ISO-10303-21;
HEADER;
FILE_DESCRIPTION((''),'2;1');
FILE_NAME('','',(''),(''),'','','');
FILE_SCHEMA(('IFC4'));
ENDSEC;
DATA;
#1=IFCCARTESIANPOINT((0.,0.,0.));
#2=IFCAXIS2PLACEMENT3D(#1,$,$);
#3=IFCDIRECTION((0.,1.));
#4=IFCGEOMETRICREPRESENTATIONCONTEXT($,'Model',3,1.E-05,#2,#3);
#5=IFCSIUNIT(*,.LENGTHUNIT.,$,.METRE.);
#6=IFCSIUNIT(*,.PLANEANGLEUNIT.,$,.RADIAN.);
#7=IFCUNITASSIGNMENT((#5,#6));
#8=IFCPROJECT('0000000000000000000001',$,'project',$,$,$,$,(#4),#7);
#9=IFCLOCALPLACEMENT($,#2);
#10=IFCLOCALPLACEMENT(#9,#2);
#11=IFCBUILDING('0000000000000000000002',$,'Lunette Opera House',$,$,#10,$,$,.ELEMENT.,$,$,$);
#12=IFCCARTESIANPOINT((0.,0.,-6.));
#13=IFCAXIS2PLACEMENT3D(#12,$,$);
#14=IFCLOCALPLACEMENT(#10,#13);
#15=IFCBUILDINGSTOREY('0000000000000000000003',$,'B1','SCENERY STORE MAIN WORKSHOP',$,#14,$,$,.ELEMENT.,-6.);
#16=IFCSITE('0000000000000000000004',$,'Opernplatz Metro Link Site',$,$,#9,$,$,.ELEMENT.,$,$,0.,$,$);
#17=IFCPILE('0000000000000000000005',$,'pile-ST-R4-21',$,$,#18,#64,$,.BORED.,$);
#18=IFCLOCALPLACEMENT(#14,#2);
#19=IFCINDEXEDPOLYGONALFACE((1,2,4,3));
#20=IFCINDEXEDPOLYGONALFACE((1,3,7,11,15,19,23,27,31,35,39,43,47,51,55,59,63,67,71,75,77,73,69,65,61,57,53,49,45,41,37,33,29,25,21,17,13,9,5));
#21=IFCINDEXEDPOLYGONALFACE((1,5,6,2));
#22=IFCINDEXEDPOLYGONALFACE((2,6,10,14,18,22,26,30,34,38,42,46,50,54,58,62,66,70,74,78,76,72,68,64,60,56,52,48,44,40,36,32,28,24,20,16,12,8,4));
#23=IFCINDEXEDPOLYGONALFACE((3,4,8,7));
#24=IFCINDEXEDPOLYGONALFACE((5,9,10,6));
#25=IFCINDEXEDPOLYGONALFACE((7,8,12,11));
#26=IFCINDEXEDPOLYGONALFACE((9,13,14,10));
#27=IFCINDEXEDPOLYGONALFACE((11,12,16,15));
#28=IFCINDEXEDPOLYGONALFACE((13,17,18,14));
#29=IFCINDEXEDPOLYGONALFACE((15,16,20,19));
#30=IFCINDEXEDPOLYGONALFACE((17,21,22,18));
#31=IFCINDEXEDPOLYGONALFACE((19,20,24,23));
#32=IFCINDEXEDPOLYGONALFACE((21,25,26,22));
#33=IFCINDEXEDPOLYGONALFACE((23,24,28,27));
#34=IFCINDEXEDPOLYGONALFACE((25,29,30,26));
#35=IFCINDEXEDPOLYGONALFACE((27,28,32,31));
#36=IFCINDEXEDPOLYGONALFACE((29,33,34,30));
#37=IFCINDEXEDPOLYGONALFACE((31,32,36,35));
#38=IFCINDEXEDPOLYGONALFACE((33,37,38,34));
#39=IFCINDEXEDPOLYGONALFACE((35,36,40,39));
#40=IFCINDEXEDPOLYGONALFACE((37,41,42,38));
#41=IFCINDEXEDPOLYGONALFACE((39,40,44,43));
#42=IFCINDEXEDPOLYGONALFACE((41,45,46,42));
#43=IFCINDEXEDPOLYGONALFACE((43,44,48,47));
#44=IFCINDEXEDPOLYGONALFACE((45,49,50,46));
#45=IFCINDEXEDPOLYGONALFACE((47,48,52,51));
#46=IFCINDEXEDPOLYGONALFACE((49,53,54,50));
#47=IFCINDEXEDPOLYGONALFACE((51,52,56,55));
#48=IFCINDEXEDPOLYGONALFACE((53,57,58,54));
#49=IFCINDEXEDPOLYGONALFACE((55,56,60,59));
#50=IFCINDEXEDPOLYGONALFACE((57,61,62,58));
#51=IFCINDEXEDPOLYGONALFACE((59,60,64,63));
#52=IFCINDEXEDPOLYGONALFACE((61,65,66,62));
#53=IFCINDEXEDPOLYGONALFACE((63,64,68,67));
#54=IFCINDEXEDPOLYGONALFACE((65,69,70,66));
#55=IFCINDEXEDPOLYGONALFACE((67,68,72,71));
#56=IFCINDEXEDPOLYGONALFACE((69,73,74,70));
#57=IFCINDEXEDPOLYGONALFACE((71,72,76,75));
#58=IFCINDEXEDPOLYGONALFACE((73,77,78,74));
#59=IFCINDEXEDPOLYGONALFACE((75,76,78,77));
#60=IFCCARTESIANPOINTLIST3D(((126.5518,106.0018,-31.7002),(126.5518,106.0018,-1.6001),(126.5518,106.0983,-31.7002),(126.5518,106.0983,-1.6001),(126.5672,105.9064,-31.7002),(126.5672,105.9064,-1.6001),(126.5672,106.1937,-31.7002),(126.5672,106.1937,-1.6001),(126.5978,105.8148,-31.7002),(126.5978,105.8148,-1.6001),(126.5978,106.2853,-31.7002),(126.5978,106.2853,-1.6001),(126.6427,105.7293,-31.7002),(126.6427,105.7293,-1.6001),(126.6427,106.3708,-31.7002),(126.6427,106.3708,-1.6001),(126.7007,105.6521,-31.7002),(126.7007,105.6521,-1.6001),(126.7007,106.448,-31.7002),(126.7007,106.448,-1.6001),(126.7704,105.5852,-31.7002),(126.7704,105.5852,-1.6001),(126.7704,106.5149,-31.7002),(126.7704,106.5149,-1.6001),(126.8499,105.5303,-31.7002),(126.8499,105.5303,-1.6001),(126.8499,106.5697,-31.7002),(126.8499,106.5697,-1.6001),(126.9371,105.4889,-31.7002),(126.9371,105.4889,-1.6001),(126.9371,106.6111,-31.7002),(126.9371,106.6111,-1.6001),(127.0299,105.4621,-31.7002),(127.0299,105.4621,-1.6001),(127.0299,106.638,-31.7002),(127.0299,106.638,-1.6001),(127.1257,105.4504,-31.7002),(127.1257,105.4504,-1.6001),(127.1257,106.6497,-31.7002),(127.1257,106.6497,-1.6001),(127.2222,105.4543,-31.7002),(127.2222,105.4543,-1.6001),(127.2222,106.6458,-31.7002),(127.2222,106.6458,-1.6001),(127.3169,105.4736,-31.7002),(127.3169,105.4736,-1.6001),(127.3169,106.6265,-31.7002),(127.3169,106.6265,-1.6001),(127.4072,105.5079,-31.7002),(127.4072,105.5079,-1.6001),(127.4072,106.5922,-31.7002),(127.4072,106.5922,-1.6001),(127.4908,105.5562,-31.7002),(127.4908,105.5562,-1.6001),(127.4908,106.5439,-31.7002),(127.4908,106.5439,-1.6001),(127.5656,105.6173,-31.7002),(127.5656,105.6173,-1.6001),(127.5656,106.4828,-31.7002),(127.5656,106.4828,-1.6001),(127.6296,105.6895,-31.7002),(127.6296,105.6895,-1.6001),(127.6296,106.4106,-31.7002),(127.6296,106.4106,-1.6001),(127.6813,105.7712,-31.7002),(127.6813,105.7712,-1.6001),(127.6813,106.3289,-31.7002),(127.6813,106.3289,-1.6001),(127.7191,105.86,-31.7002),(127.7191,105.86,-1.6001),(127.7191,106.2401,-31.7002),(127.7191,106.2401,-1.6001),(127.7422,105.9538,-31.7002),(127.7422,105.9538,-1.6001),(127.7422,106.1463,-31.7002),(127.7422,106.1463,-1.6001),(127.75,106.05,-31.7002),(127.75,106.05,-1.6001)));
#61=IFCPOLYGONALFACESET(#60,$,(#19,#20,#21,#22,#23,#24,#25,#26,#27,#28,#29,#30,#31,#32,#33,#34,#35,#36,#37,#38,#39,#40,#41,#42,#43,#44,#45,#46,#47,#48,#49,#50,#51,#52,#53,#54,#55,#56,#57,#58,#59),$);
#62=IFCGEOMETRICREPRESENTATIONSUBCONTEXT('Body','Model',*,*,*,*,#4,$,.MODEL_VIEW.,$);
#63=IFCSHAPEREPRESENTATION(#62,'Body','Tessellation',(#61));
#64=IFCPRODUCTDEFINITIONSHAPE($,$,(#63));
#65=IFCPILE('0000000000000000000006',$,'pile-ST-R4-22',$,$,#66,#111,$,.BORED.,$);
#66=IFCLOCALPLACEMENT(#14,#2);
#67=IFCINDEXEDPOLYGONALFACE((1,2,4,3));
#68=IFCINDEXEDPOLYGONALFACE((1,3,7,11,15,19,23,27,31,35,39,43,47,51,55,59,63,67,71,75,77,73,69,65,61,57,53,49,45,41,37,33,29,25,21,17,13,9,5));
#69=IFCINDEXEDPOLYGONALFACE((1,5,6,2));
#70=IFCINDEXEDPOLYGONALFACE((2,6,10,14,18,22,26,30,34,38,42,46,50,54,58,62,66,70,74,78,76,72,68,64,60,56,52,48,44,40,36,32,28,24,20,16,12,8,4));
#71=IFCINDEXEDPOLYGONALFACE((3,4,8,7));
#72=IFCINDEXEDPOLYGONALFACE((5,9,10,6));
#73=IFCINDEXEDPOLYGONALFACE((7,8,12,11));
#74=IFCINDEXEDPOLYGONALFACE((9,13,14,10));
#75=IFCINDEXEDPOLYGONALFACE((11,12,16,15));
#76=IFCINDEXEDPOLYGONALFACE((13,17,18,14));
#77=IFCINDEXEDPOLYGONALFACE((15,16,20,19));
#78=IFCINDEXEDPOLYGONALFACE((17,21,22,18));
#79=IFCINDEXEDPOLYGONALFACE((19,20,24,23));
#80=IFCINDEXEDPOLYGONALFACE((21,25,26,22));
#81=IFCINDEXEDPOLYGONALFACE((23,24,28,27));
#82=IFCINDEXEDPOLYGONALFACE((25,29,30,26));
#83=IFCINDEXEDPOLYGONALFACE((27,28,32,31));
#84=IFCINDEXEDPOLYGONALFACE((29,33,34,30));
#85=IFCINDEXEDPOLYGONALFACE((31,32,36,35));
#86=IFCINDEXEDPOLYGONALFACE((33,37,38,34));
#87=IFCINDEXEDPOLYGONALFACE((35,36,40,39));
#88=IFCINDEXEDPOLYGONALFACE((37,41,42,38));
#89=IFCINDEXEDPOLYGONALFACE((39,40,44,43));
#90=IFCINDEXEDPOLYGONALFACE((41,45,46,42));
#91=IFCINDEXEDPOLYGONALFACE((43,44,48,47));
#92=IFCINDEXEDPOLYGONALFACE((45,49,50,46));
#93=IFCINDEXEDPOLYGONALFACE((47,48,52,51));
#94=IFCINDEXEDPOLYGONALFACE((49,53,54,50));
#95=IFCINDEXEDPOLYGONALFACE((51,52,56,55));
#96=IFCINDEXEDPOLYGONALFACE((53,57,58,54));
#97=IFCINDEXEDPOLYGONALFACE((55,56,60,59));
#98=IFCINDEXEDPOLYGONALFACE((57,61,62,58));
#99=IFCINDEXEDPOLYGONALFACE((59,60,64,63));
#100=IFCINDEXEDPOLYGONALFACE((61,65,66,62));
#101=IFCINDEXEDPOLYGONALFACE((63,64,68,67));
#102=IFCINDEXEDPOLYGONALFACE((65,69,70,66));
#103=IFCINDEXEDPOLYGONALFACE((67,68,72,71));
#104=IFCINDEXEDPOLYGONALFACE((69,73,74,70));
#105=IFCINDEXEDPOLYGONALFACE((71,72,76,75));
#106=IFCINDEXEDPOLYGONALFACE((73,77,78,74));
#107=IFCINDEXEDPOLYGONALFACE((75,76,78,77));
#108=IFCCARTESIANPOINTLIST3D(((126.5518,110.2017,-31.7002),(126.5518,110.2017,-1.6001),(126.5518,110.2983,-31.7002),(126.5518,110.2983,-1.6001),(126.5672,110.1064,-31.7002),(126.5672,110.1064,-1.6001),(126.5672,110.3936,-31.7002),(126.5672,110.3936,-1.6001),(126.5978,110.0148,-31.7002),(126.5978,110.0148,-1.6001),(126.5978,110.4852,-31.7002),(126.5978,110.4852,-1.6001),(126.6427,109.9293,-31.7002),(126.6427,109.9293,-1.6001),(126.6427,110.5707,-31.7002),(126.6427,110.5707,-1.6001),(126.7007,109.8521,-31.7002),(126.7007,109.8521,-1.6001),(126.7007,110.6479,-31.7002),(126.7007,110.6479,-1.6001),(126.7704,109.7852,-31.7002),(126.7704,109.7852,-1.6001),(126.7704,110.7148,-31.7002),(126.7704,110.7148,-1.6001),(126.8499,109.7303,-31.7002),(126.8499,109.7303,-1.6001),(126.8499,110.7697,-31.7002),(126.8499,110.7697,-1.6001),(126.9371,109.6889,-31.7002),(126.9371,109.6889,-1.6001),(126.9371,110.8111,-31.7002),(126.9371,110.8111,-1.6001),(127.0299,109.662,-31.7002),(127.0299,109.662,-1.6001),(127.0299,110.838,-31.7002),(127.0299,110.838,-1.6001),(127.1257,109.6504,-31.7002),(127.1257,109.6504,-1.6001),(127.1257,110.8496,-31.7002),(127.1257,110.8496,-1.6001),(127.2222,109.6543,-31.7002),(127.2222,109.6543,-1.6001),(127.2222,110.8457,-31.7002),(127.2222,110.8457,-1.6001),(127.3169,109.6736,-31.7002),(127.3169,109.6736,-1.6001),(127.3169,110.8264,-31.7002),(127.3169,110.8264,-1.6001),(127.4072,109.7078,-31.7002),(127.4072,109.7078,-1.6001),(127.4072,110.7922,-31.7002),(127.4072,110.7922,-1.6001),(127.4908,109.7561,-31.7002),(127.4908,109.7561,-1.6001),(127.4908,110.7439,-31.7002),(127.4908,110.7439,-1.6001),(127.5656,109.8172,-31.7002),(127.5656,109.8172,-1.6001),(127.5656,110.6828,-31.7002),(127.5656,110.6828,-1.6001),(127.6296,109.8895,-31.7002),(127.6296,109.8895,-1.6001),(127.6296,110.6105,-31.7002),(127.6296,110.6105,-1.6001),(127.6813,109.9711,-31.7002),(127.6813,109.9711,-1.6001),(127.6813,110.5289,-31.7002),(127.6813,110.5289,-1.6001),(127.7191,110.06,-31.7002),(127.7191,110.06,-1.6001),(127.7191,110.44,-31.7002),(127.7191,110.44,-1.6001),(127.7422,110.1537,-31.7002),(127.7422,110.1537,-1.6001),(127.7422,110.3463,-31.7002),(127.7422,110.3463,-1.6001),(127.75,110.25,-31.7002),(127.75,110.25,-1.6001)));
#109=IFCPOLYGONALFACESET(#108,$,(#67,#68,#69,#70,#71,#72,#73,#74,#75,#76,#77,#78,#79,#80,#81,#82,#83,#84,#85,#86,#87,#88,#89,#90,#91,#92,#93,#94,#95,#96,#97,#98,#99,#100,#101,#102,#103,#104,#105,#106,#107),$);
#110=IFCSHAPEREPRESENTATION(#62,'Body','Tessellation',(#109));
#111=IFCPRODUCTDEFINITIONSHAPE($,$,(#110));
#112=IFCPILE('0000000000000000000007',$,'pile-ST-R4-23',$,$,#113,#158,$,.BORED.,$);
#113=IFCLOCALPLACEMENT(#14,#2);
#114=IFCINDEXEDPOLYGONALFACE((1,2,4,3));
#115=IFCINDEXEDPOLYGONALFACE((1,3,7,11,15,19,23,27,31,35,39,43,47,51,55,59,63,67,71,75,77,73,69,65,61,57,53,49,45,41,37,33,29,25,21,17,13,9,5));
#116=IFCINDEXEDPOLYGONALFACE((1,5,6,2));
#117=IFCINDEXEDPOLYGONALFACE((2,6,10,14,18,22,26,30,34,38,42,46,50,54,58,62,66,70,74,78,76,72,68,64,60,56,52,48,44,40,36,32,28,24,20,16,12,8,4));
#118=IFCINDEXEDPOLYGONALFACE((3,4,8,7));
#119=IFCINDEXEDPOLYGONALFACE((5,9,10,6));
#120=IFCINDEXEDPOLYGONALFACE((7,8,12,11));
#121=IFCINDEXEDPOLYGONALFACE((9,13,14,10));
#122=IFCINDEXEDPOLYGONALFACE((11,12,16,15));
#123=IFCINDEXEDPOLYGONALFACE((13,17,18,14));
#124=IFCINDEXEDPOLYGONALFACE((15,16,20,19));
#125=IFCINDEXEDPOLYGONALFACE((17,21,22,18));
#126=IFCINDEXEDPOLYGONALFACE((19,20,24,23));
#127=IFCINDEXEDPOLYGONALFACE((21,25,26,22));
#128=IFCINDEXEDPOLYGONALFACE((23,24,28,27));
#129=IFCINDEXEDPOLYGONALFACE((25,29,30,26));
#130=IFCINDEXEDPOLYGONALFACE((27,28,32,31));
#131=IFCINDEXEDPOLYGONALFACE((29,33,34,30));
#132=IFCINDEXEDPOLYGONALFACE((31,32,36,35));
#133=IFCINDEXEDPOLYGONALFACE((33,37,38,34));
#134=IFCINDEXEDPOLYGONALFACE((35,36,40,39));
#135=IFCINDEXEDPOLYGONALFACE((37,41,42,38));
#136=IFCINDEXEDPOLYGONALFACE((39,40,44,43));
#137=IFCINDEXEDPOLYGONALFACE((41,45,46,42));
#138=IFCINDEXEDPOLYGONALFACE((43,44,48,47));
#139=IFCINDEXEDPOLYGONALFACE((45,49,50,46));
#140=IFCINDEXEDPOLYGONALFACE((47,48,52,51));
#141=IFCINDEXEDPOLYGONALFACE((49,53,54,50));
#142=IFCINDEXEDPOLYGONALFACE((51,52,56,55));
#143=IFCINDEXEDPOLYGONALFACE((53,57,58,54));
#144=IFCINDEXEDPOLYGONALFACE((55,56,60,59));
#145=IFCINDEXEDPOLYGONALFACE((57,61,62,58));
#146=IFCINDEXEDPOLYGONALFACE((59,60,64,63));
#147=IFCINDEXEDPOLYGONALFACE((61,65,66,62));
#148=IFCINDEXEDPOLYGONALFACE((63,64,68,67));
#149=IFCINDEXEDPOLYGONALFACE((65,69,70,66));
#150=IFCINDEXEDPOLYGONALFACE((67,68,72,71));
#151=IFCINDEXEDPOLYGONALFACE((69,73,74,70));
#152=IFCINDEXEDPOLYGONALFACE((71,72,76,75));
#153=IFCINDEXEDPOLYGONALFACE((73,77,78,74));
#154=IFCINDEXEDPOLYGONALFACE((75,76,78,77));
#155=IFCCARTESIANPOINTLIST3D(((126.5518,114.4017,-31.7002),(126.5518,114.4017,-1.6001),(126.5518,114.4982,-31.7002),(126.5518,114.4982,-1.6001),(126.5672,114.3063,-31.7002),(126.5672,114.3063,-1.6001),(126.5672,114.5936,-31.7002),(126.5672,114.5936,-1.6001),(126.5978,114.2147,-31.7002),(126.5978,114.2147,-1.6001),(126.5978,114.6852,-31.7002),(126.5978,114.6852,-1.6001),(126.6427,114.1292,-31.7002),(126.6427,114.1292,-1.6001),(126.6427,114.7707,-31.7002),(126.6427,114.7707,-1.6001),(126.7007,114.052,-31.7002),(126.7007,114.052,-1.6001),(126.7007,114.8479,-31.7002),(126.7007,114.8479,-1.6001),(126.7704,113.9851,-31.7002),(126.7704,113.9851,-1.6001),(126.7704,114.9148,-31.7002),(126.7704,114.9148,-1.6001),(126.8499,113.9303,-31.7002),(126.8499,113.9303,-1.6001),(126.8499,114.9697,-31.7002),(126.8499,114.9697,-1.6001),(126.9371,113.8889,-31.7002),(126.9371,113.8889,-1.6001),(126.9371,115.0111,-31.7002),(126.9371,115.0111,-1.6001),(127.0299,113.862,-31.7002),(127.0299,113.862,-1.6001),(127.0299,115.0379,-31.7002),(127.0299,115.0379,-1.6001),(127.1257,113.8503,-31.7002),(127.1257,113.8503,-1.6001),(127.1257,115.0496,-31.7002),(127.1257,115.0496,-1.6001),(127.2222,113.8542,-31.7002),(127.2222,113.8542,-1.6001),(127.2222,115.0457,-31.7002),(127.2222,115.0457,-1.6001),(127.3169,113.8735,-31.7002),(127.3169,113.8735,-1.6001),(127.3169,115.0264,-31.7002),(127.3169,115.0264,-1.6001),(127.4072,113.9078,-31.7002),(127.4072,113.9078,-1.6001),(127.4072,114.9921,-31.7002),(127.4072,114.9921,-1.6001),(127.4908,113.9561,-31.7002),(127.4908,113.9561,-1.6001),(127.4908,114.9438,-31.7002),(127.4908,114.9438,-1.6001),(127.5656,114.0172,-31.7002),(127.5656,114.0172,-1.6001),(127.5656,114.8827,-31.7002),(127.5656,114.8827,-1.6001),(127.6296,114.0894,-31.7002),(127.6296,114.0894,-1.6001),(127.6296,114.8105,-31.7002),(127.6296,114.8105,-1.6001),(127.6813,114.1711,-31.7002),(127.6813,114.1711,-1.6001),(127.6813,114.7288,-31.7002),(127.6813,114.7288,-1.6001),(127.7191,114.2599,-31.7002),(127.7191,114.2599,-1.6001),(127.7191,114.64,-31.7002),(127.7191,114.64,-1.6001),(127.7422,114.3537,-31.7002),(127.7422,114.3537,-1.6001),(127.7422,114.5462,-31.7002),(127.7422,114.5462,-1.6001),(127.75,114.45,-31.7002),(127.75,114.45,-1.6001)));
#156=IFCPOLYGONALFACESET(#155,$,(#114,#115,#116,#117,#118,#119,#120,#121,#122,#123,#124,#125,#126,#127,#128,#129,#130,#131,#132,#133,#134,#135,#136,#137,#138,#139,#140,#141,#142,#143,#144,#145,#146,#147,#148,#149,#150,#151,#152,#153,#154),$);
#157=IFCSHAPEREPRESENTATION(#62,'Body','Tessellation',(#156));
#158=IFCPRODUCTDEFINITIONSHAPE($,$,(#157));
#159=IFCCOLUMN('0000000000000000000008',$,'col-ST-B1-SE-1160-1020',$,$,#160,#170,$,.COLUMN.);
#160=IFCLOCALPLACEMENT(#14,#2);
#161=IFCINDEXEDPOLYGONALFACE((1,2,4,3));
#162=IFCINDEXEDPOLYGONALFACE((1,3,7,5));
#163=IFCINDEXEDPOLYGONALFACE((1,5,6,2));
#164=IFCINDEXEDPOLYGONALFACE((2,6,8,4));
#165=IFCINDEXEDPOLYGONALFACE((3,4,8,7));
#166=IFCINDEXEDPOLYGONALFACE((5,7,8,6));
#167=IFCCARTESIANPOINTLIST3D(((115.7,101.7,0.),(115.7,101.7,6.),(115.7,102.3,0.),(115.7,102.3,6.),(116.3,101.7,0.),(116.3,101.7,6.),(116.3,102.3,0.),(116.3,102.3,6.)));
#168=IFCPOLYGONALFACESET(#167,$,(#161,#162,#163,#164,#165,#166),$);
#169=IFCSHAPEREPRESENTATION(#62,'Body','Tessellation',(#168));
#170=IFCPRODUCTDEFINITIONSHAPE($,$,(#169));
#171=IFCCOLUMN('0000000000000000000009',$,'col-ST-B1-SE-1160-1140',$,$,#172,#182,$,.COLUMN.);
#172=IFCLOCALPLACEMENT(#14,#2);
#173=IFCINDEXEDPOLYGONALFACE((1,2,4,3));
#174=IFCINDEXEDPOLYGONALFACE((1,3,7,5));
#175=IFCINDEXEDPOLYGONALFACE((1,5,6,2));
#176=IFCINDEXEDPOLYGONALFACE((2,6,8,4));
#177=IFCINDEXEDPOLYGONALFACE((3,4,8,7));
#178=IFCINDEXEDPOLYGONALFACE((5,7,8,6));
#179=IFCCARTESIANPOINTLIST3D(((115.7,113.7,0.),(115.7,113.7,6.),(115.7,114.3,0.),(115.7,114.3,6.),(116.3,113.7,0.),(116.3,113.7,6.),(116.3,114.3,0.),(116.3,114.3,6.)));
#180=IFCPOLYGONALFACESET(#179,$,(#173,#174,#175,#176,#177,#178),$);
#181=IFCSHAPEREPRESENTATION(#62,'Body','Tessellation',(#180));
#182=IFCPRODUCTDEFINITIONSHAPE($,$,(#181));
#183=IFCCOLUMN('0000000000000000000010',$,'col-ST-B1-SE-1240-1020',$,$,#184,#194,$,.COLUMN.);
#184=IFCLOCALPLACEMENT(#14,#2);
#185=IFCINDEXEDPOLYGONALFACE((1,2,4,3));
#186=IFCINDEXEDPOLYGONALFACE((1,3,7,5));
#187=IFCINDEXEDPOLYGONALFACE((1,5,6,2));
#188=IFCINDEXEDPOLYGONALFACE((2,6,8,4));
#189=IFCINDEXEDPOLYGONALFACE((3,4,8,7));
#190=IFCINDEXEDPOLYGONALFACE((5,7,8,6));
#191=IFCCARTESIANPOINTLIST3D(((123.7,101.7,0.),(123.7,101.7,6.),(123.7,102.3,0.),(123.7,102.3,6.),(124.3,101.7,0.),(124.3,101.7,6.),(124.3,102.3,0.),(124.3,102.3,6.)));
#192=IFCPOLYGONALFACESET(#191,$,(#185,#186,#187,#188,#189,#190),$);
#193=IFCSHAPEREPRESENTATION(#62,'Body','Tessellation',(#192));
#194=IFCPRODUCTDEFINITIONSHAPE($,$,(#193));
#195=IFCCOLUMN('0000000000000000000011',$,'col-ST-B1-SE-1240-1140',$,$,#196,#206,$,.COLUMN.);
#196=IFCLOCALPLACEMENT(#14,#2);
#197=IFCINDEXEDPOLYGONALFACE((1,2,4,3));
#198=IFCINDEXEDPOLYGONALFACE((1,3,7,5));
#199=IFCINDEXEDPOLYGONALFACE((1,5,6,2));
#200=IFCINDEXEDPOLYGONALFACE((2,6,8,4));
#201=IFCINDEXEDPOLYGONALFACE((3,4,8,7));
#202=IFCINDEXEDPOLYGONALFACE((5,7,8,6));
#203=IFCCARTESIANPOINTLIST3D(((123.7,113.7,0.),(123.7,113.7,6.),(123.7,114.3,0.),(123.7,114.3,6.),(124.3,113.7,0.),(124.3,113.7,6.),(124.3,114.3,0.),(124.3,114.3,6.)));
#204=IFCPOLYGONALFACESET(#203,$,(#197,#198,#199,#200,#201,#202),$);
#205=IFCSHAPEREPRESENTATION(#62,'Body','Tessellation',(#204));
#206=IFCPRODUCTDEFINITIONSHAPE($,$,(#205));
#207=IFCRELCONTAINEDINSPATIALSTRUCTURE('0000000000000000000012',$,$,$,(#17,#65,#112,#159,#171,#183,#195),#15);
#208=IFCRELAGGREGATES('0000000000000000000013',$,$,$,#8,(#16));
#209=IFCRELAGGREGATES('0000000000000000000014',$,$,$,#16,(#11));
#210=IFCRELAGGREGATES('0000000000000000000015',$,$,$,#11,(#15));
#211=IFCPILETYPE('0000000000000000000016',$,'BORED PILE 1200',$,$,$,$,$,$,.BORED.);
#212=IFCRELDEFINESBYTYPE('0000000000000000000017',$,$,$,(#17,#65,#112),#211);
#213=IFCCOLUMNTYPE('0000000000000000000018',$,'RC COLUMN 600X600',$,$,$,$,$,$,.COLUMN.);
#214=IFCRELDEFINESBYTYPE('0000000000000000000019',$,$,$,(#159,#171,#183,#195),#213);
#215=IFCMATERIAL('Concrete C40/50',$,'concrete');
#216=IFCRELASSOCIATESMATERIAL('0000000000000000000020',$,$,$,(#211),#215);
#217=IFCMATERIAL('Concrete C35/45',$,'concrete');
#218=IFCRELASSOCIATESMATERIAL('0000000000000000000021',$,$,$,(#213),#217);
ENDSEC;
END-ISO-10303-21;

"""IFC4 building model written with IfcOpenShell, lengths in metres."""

from ifc_helpers import new_model, si_unit, direction, frame, origin, origin_2d, place, context, subcontext, project, spatial, rectangle, circle, extrude, material, material_profile, profile_set, type_object, element, save


model = new_model("IFC4")

# Units and contexts
model_context = context("Model", 3, precision=1e-05, world=origin(), true_north=direction((0.0, 1.0)))
body_context = subcontext(model_context, "Body", "Model", "MODEL_VIEW")
ifc_project = project(units=[si_unit("LENGTHUNIT", "METRE"), si_unit("PLANEANGLEUNIT", "RADIAN")], contexts=[model_context])

# Site, building, storey
site_placement = place(None, origin())
site = spatial("IfcSite", under=ifc_project, at=site_placement, Name="Opernplatz Metro Link Site", CompositionType="ELEMENT", RefElevation=0.0)
building_placement = place(site_placement, origin())
building = spatial("IfcBuilding", under=site, at=building_placement, Name="Lunette Opera House", CompositionType="ELEMENT")
storey_placement = place(building_placement, frame((0.0, 0.0, -6.0)))
storey = spatial("IfcBuildingStorey", under=building, at=storey_placement, Name="B1", Description="SCENERY STORE MAIN WORKSHOP", CompositionType="ELEMENT", Elevation=-6.0)

# Piles
ifc_material_1 = material(Name="Concrete C40/50", Category="concrete")
ifc_material_profile_1 = material_profile(ifc_material_1, circle(Radius=0.6001, at=origin_2d()), Name="BORED PILE 1200")
ifc_profile_set_1 = profile_set([ifc_material_profile_1], Name="Concrete C40/50")
pile_type = type_object("IfcPileType", Name="BORED PILE 1200", PredefinedType="BORED", material=ifc_profile_set_1)
for number, where, z_axis, x_axis, name in (
    (1, (127.1499, 106.05, -1.6001), (0.0, 0.0, -1.0), (1.0, 0.0, 0.0), "pile-ST-R4-21"),
    (2, (127.1499, 110.25, -1.6001), (0.0, 0.0, -1.0), (1.0, 0.0, 0.0), "pile-ST-R4-22"),
    (3, (127.1499, 114.45, -1.6001), (0.0, 0.0, -1.0), (1.0, 0.0, 0.0), "pile-ST-R4-23"),
):
    element("IfcPile", number, at=place(storey_placement, frame(where, z_axis=z_axis, x_axis=x_axis)), inside=storey, type_object=pile_type, Name=name, PredefinedType="BORED", context=body_context, shape_type="SweptSolid", body=[
        extrude(circle(Radius=0.6001, at=origin_2d()), origin(), (0.0, 0.0, 1.0), 30.1001),
    ])

# Columns
ifc_material_2 = material(Name="Concrete C35/45", Category="concrete")
ifc_material_profile_2 = material_profile(ifc_material_2, rectangle(XDim=0.6001, YDim=0.6001, at=origin_2d()), Name="RC COLUMN 600X600")
ifc_profile_set_2 = profile_set([ifc_material_profile_2], Name="Concrete C35/45")
column_type = type_object("IfcColumnType", Name="RC COLUMN 600X600", PredefinedType="COLUMN", material=ifc_profile_set_2)
for number, where, z_axis, x_axis, name in (
    (4, (116.0, 102.0, 0.0), (0.0, 0.0, 1.0), (1.0, 0.0, 0.0), "col-ST-B1-SE-1160-1020"),
    (5, (116.0, 114.0, 0.0), (0.0, 0.0, 1.0), (1.0, 0.0, 0.0), "col-ST-B1-SE-1160-1140"),
    (6, (124.0, 102.0, 0.0), (0.0, 0.0, 1.0), (1.0, 0.0, 0.0), "col-ST-B1-SE-1240-1020"),
    (7, (124.0, 114.0, 0.0), (0.0, 0.0, 1.0), (1.0, 0.0, 0.0), "col-ST-B1-SE-1240-1140"),
):
    element("IfcColumn", number, at=place(storey_placement, frame(where, z_axis=z_axis, x_axis=x_axis)), inside=storey, type_object=column_type, Name=name, PredefinedType="COLUMN", context=body_context, shape_type="SweptSolid", body=[
        extrude(rectangle(XDim=0.6001, YDim=0.6001, at=origin_2d()), origin(), (0.0, 0.0, 1.0), 6.0),
    ])

save(model, "model.ifc")
